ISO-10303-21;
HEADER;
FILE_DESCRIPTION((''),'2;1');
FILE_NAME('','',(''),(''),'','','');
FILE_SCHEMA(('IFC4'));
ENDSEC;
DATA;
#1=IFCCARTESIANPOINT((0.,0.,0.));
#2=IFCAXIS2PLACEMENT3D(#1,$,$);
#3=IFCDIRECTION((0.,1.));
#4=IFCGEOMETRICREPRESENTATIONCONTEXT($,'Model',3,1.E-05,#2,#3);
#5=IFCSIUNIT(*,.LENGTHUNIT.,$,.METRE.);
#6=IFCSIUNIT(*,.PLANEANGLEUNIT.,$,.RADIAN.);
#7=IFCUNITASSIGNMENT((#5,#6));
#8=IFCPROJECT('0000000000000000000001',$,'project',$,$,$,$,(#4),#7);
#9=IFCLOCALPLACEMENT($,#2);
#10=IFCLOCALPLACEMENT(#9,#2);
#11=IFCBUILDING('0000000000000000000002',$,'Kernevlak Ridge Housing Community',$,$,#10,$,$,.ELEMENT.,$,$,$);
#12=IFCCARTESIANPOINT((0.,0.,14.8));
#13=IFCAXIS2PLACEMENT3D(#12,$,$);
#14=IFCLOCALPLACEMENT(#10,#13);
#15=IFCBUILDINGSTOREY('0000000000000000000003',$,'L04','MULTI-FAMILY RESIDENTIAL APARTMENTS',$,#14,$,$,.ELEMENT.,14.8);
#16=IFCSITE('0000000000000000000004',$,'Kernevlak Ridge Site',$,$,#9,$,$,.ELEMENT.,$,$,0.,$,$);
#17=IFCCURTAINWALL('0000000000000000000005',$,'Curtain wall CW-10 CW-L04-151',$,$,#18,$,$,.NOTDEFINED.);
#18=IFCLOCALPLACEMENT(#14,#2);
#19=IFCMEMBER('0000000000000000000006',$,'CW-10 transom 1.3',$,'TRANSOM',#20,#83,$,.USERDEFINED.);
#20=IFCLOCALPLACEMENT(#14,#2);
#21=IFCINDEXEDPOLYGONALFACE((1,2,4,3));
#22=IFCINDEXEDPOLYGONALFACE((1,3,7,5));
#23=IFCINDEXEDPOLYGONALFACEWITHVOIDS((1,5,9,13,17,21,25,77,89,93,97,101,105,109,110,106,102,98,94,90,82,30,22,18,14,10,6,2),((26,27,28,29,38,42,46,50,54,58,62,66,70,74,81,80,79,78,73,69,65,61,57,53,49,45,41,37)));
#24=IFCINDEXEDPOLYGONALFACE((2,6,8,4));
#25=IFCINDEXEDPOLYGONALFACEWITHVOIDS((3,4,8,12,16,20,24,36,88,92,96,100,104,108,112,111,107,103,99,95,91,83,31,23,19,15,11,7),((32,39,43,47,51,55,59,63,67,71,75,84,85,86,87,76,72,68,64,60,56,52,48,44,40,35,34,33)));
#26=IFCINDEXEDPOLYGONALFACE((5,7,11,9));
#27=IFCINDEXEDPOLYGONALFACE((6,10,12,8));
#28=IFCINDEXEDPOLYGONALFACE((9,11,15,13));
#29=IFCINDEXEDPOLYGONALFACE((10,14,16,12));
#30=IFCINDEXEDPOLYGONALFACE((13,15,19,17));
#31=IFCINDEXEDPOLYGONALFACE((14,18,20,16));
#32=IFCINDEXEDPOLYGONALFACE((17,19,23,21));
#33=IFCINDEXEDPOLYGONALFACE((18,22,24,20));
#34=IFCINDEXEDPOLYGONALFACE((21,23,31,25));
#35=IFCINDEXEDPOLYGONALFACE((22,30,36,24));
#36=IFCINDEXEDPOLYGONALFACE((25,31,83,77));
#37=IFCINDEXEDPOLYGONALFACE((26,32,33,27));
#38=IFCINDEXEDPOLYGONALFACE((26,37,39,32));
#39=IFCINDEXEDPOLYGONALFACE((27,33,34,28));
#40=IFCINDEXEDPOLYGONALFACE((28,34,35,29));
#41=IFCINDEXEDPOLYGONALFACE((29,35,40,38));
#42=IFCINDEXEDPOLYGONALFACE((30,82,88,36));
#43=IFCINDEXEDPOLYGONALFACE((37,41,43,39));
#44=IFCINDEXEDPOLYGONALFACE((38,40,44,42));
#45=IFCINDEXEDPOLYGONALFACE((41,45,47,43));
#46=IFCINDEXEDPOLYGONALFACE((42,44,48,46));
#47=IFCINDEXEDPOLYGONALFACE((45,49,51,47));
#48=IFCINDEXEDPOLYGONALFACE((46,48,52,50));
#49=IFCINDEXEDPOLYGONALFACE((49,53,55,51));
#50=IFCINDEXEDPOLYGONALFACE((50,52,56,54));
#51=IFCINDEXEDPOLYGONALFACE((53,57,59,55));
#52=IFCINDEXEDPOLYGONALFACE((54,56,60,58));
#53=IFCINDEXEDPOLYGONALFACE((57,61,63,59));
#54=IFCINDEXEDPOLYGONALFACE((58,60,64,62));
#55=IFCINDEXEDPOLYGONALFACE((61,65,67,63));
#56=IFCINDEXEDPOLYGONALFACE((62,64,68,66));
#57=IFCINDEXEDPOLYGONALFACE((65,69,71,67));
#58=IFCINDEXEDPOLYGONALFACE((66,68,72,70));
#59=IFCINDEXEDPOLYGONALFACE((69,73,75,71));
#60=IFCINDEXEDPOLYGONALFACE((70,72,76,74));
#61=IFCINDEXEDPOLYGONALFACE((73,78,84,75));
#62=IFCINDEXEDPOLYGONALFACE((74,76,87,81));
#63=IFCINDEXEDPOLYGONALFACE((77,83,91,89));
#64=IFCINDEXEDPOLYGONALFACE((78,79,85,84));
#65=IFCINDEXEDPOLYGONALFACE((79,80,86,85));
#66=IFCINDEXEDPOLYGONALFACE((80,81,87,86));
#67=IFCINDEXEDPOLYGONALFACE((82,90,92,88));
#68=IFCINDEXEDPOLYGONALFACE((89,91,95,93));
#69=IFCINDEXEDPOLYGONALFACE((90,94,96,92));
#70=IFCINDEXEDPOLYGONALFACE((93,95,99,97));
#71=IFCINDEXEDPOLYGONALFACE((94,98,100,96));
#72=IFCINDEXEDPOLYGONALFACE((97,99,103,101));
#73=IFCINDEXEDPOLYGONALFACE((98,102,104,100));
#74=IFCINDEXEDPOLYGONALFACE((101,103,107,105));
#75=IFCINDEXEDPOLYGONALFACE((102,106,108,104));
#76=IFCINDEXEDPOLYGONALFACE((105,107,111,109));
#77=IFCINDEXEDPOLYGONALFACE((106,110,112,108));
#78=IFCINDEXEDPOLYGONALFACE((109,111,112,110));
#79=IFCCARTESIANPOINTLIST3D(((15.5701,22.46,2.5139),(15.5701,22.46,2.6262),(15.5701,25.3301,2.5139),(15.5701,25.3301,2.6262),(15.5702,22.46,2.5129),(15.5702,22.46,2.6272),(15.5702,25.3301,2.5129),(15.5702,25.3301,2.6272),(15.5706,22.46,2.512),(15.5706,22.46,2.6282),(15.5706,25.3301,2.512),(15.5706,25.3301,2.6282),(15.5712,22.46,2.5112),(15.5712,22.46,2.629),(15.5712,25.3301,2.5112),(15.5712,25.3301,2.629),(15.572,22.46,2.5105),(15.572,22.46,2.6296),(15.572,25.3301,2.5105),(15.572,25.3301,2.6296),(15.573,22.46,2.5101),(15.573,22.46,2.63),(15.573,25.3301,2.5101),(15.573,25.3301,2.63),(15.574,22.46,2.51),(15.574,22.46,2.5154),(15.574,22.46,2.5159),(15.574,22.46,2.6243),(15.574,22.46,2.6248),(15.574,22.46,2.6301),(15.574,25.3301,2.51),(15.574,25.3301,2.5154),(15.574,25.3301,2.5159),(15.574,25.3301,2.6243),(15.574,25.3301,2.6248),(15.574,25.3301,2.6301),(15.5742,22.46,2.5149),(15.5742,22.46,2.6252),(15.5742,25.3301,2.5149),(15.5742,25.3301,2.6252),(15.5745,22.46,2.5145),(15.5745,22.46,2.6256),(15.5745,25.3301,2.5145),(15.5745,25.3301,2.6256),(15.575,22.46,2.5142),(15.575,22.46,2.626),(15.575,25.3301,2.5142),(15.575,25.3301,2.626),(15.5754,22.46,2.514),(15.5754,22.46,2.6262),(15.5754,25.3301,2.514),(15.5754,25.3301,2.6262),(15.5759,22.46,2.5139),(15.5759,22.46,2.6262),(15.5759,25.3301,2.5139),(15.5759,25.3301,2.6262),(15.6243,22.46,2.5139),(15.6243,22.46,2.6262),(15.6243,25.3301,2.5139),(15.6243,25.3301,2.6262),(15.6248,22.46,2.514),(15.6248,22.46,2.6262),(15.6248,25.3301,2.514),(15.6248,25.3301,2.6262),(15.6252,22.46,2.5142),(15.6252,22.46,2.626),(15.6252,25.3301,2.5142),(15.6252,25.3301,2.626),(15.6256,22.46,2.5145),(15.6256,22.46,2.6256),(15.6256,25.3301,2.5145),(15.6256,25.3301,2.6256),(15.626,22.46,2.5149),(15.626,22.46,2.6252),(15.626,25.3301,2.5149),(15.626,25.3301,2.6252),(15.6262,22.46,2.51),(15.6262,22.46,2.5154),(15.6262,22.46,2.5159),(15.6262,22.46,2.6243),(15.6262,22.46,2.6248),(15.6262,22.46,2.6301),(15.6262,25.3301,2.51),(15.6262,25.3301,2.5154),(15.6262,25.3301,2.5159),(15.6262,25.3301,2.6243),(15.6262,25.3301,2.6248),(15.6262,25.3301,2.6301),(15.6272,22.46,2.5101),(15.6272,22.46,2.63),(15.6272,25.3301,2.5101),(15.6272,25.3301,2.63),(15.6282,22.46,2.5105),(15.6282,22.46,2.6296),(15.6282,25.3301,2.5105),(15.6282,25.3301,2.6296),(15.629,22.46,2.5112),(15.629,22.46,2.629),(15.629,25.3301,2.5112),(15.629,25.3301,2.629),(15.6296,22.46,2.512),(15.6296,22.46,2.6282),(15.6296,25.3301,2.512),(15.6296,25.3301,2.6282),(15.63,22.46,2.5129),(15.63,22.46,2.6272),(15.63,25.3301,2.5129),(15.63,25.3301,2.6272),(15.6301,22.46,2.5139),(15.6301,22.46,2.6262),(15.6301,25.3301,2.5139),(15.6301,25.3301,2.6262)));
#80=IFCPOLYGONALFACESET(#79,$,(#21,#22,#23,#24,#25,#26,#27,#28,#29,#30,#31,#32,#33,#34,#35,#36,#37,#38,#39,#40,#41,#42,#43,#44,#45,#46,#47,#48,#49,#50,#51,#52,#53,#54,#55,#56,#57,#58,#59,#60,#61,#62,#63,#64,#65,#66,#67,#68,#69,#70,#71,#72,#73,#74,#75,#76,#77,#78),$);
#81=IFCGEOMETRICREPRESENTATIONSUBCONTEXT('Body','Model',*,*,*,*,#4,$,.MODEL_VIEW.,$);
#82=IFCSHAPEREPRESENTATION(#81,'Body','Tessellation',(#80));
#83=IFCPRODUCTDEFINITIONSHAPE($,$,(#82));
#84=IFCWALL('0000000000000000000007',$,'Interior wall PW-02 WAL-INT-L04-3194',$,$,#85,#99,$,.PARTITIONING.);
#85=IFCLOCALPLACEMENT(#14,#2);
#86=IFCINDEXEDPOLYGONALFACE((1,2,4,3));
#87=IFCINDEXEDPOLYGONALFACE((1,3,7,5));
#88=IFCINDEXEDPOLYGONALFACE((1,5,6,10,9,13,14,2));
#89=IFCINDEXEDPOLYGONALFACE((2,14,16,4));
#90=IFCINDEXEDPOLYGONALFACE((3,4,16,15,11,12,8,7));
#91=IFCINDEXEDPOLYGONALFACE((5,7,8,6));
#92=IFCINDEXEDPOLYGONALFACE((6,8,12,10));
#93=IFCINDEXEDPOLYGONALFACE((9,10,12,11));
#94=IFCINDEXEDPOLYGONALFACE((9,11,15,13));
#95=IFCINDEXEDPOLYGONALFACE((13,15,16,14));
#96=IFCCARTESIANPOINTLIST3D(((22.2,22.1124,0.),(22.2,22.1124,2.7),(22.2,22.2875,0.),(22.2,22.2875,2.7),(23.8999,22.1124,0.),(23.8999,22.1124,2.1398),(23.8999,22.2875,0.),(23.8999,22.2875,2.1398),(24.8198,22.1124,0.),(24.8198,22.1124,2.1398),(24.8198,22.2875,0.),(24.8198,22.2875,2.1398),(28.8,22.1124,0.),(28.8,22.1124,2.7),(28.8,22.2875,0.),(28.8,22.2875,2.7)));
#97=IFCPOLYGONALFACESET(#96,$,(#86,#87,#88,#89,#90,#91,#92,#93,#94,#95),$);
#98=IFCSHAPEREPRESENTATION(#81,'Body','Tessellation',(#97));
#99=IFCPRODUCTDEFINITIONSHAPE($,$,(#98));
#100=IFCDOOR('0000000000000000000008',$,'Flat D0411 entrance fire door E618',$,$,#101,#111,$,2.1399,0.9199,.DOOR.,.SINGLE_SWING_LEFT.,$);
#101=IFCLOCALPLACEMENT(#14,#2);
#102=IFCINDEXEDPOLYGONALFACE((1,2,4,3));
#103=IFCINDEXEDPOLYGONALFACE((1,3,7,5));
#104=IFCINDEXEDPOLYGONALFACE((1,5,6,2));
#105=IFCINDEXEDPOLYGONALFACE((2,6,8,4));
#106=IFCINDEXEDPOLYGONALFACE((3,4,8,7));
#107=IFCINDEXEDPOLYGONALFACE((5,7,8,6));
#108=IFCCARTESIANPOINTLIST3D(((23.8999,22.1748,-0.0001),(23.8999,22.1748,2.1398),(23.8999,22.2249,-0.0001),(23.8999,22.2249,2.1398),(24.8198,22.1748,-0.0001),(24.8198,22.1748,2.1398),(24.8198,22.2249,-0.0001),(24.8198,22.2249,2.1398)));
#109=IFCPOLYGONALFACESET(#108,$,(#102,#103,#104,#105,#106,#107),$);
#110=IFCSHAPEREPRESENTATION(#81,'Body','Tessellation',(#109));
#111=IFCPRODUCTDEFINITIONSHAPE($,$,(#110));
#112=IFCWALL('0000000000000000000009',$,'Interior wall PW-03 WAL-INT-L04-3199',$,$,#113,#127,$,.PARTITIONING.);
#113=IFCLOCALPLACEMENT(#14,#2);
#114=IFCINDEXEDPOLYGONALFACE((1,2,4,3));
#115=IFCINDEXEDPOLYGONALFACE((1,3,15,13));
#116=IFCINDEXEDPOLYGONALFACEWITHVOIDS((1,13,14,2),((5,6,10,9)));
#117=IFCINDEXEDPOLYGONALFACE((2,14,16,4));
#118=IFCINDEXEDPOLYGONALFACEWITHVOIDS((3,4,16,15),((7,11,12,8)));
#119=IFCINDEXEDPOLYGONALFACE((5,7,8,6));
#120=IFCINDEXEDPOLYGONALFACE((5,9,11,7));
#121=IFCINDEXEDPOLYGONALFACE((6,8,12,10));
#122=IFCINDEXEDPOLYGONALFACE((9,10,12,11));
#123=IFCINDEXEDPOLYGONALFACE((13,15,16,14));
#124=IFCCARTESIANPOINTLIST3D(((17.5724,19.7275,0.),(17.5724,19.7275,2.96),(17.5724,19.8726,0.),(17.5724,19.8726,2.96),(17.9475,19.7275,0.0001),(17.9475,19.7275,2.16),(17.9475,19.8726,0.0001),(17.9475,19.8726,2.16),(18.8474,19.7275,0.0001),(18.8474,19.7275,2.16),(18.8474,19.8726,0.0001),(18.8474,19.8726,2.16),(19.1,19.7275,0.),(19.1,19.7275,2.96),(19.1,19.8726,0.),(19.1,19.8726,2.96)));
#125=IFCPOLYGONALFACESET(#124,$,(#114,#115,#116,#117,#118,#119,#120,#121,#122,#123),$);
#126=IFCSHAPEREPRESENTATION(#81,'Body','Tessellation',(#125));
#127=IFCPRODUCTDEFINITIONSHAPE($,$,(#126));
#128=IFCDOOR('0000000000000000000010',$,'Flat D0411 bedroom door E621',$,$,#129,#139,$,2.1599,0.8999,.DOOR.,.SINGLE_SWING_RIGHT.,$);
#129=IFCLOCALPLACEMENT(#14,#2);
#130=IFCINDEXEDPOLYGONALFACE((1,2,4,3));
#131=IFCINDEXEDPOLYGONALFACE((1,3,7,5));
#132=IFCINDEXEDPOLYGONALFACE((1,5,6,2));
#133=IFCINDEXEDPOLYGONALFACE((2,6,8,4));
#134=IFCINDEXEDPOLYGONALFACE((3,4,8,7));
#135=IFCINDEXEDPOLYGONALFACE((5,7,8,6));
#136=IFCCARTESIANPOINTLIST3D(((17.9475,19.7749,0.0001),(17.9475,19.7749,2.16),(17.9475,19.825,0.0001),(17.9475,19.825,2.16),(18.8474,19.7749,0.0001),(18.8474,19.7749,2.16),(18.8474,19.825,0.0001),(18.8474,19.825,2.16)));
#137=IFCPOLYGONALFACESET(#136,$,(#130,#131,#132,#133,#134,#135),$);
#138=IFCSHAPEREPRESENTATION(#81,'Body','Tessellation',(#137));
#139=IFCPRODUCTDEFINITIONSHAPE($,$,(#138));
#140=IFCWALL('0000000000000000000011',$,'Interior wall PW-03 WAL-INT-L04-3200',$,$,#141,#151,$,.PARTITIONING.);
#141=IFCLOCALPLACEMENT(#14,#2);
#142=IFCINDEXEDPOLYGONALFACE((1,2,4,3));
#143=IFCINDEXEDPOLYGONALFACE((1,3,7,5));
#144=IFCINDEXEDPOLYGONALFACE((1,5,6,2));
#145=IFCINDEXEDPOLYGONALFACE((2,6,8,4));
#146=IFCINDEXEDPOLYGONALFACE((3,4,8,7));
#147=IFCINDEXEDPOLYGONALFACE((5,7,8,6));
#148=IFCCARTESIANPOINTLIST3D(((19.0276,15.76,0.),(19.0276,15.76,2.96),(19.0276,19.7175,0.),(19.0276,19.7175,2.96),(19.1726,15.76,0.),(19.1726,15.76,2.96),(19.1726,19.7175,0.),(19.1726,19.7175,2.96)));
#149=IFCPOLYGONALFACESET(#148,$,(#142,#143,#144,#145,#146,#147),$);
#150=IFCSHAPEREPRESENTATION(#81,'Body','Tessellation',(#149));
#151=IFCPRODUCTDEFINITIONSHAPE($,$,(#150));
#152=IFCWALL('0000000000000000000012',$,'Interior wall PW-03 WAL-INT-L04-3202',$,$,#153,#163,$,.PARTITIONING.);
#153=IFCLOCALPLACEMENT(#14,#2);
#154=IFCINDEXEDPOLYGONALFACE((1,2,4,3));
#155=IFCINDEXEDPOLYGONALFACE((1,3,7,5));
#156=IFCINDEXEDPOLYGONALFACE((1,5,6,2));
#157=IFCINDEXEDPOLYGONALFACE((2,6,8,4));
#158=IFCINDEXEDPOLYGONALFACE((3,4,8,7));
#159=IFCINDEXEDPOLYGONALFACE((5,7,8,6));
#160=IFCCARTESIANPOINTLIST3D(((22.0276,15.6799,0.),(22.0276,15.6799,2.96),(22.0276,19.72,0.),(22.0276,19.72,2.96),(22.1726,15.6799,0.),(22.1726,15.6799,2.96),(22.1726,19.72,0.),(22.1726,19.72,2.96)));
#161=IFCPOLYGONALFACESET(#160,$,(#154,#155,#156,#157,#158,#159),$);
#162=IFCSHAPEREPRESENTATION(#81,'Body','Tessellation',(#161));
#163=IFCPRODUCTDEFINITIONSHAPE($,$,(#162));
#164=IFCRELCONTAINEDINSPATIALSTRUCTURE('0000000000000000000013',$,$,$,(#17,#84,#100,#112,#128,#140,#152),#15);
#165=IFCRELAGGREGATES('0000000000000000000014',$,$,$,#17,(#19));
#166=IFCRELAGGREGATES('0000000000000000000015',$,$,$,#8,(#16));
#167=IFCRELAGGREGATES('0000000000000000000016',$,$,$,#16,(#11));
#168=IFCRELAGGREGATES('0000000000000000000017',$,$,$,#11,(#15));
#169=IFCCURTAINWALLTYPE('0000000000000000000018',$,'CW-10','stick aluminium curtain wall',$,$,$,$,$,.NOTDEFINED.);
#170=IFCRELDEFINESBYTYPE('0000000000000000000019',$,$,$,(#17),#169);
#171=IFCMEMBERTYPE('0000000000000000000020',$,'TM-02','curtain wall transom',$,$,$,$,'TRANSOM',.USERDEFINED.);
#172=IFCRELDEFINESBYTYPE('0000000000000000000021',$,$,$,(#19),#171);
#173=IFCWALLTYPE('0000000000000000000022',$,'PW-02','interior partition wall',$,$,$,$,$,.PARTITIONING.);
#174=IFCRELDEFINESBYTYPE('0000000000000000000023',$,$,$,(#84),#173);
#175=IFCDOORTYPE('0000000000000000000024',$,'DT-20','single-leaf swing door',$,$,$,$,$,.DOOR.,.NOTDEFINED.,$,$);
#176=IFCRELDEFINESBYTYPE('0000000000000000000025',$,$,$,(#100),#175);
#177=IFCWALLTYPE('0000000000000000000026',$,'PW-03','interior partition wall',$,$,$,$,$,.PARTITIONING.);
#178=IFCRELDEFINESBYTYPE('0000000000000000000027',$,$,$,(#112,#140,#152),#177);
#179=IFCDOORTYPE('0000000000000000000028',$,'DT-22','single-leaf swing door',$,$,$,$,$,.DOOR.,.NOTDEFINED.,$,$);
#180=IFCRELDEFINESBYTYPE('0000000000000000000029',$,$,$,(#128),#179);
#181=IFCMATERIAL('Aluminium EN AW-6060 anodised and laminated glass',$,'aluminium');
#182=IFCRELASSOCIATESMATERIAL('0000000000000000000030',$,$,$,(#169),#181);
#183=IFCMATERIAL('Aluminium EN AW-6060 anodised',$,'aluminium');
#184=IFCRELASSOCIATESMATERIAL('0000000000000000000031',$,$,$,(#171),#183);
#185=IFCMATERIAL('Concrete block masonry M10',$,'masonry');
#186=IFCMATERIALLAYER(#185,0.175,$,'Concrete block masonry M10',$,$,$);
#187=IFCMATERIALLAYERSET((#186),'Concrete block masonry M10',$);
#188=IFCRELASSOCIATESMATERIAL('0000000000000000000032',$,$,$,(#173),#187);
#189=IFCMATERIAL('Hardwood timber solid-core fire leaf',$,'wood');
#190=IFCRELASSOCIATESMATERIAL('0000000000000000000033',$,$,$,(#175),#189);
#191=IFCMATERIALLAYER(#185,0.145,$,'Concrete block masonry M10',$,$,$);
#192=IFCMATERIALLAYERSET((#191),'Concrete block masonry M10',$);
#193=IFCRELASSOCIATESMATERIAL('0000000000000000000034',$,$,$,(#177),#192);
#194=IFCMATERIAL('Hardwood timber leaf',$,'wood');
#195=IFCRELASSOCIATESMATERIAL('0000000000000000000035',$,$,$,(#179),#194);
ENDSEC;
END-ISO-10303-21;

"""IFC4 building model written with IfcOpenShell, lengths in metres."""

from ifc_helpers import new_model, si_unit, direction, frame, frame_2d, origin, origin_2d, place, context, subcontext, project, spatial, rectangle, hollow_rectangle, extrude, material, layer, layer_set, material_profile, profile_set, type_object, element, fill, aggregate, save


model = new_model("IFC4")

# Units and contexts
model_context = context("Model", 3, precision=1e-05, world=origin(), true_north=direction((0.0, 1.0)))
body_context = subcontext(model_context, "Body", "Model", "MODEL_VIEW")
ifc_project = project(units=[si_unit("LENGTHUNIT", "METRE"), si_unit("PLANEANGLEUNIT", "RADIAN")], contexts=[model_context])

# Site, building, storey
site_placement = place(None, origin())
site = spatial("IfcSite", under=ifc_project, at=site_placement, Name="Kernevlak Ridge Site", CompositionType="ELEMENT", RefElevation=0.0)
building_placement = place(site_placement, origin())
building = spatial("IfcBuilding", under=site, at=building_placement, Name="Kernevlak Ridge Housing Community", CompositionType="ELEMENT")
storey_placement = place(building_placement, frame((0.0, 0.0, 14.8)))
storey = spatial("IfcBuildingStorey", under=building, at=storey_placement, Name="L04", Description="MULTI-FAMILY RESIDENTIAL APARTMENTS", CompositionType="ELEMENT", Elevation=14.8)

# Curtain wall
ifc_material_1 = material(Name="Aluminium EN AW-6060 anodised and laminated glass", Category="aluminium")
curtain_wall_type = type_object("IfcCurtainWallType", Name="CW-10", Description="stick aluminium curtain wall", PredefinedType="NOTDEFINED", material=ifc_material_1)
curtain_wall_placement = place(storey_placement, origin())
curtain_wall = element("IfcCurtainWall", 1, at=curtain_wall_placement, inside=storey, type_object=curtain_wall_type, Name="Curtain wall CW-10 CW-L04-151", PredefinedType="NOTDEFINED")
ifc_material_2 = material(Name="Aluminium EN AW-6060 anodised", Category="aluminium")

# Member
ifc_material_profile_1 = material_profile(ifc_material_2, hollow_rectangle(XDim=0.0601, YDim=0.1201, WallThickness=0.0039, InnerFilletRadius=0.002, OuterFilletRadius=0.0039, at=origin_2d()), Name="ALU 60x120x4")
ifc_profile_set_1 = profile_set([ifc_material_profile_1], Name="Aluminium EN AW-6060 anodised")
member_type_1 = type_object("IfcMemberType", Name="TM-02", Description="curtain wall transom", ElementType="TRANSOM", PredefinedType="USERDEFINED", material=ifc_profile_set_1)
member_1_placement = place(storey_placement, frame((15.6001, 22.46, 2.5701), z_axis=(0.0, 1.0, 0.0), x_axis=(-1.0, 0.0, 0.0)))
member_1 = element("IfcMember", 2, at=member_1_placement, type_object=member_type_1, Name="CW-10 transom 1.3", ObjectType="TRANSOM", PredefinedType="USERDEFINED", context=body_context, shape_type="SweptSolid", body=[
    extrude(hollow_rectangle(XDim=0.0601, YDim=0.1201, WallThickness=0.0039, InnerFilletRadius=0.002, OuterFilletRadius=0.0039, at=origin_2d()), origin(), (0.0, 0.0, 1.0), 2.8701),
])
aggregate(curtain_wall, [member_1])

# Walls, openings, doors
ifc_material_3 = material(Name="Concrete block masonry M10", Category="masonry")
ifc_layer_1 = layer(ifc_material_3, 0.175, Name="Concrete block masonry M10")
ifc_layer_set_1 = layer_set([ifc_layer_1], Name="Concrete block masonry M10")
wall_type_1 = type_object("IfcWallType", Name="PW-02", Description="interior partition wall", PredefinedType="PARTITIONING", material=ifc_layer_set_1)
wall_1_placement = place(storey_placement, frame((22.2, 22.2, 0.0), z_axis=(0.0, 0.0, 1.0), x_axis=(1.0, 0.0, 0.0)))
wall_1 = element("IfcWall", 3, at=wall_1_placement, inside=storey, type_object=wall_type_1, Name="Interior wall PW-02 WAL-INT-L04-3194", PredefinedType="PARTITIONING", context=body_context, shape_type="SweptSolid", body=[
    extrude(rectangle(XDim=6.6001, YDim=0.175, at=frame_2d((3.3, 0.0))), origin(), (0.0, 0.0, 1.0), 2.7),
])
opening_1_placement = place(wall_1_placement, frame((1.7, 0.0, 0.0)))
opening_1 = element("IfcOpeningElement", 4, at=opening_1_placement, cuts=wall_1, PredefinedType="OPENING", context=body_context, shape_type="SweptSolid", body=[
    extrude(rectangle(XDim=0.9199, YDim=2.1399, at=frame_2d((0.46, 1.0698))), frame((0.0, 0.0974, 0.0), z_axis=(0.0, -1.0, 0.0), x_axis=(1.0, 0.0, 0.0)), (0.0, 0.0, 1.0), 0.1951),
])
ifc_material_4 = material(Name="Hardwood timber solid-core fire leaf", Category="wood")
door_type_1 = type_object("IfcDoorType", Name="DT-20", Description="single-leaf swing door", OperationType="NOTDEFINED", PredefinedType="DOOR", material=ifc_material_4)
door_1_placement = place(opening_1_placement, origin())
door_1 = element("IfcDoor", 5, at=door_1_placement, inside=storey, type_object=door_type_1, Name="Flat D0411 entrance fire door E618", OperationType="SINGLE_SWING_LEFT", OverallHeight=2.1399, OverallWidth=0.9199, PredefinedType="DOOR", context=body_context, shape_type="SweptSolid", body=[
    extrude(rectangle(XDim=0.9199, YDim=2.1399, at=frame_2d((0.46, 1.0698))), frame((0.0, 0.0249, 0.0), z_axis=(0.0, -1.0, 0.0), x_axis=(1.0, 0.0, 0.0)), (0.0, 0.0, 1.0), 0.05),
])
fill(opening_1, door_1)
ifc_layer_2 = layer(ifc_material_3, 0.145, Name="Concrete block masonry M10")
ifc_layer_set_2 = layer_set([ifc_layer_2], Name="Concrete block masonry M10")
wall_type_2 = type_object("IfcWallType", Name="PW-03", Description="interior partition wall", PredefinedType="PARTITIONING", material=ifc_layer_set_2)
wall_2_placement = place(storey_placement, frame((17.5725, 19.8, 0.0), z_axis=(0.0, 0.0, 1.0), x_axis=(1.0, 0.0, 0.0)))
wall_2 = element("IfcWall", 6, at=wall_2_placement, inside=storey, type_object=wall_type_2, Name="Interior wall PW-03 WAL-INT-L04-3199", PredefinedType="PARTITIONING", context=body_context, shape_type="SweptSolid", body=[
    extrude(rectangle(XDim=1.5276, YDim=0.145, at=frame_2d((0.7637, 0.0))), origin(), (0.0, 0.0, 1.0), 2.96),
])
opening_2_placement = place(wall_2_placement, frame((0.375, 0.0, 0.0)))
opening_2 = element("IfcOpeningElement", 7, at=opening_2_placement, cuts=wall_2, PredefinedType="OPENING", context=body_context, shape_type="SweptSolid", body=[
    extrude(rectangle(XDim=0.8999, YDim=2.1599, at=frame_2d((0.45, 1.0801))), frame((0.0, 0.0825, 0.0), z_axis=(0.0, -1.0, 0.0), x_axis=(1.0, 0.0, 0.0)), (0.0, 0.0, 1.0), 0.165),
])
ifc_material_5 = material(Name="Hardwood timber leaf", Category="wood")
door_type_2 = type_object("IfcDoorType", Name="DT-22", Description="single-leaf swing door", OperationType="NOTDEFINED", PredefinedType="DOOR", material=ifc_material_5)
door_2_placement = place(opening_2_placement, origin())
door_2 = element("IfcDoor", 8, at=door_2_placement, inside=storey, type_object=door_type_2, Name="Flat D0411 bedroom door E621", OperationType="SINGLE_SWING_RIGHT", OverallHeight=2.1599, OverallWidth=0.8999, PredefinedType="DOOR", context=body_context, shape_type="SweptSolid", body=[
    extrude(rectangle(XDim=0.8999, YDim=2.1599, at=frame_2d((0.45, 1.0801))), frame((0.0, 0.0249, 0.0), z_axis=(0.0, -1.0, 0.0), x_axis=(1.0, 0.0, 0.0)), (0.0, 0.0, 1.0), 0.05),
])
fill(opening_2, door_2)

# Walls
wall_3_placement = place(storey_placement, frame((19.1001, 19.7175, 0.0), z_axis=(0.0, 0.0, 1.0), x_axis=(0.0, -1.0, 0.0)))
element("IfcWall", 9, at=wall_3_placement, inside=storey, type_object=wall_type_2, Name="Interior wall PW-03 WAL-INT-L04-3200", PredefinedType="PARTITIONING", context=body_context, shape_type="SweptSolid", body=[
    extrude(rectangle(XDim=3.9575, YDim=0.145, at=frame_2d((1.9788, 0.0))), origin(), (0.0, 0.0, 1.0), 2.96),
])
wall_4_placement = place(storey_placement, frame((22.1001, 19.72, 0.0), z_axis=(0.0, 0.0, 1.0), x_axis=(0.0, -1.0, 0.0)))
element("IfcWall", 10, at=wall_4_placement, inside=storey, type_object=wall_type_2, Name="Interior wall PW-03 WAL-INT-L04-3202", PredefinedType="PARTITIONING", context=body_context, shape_type="SweptSolid", body=[
    extrude(rectangle(XDim=4.04, YDim=0.145, at=frame_2d((2.02, 0.0))), origin(), (0.0, 0.0, 1.0), 2.96),
])

save(model, "model.ifc")
